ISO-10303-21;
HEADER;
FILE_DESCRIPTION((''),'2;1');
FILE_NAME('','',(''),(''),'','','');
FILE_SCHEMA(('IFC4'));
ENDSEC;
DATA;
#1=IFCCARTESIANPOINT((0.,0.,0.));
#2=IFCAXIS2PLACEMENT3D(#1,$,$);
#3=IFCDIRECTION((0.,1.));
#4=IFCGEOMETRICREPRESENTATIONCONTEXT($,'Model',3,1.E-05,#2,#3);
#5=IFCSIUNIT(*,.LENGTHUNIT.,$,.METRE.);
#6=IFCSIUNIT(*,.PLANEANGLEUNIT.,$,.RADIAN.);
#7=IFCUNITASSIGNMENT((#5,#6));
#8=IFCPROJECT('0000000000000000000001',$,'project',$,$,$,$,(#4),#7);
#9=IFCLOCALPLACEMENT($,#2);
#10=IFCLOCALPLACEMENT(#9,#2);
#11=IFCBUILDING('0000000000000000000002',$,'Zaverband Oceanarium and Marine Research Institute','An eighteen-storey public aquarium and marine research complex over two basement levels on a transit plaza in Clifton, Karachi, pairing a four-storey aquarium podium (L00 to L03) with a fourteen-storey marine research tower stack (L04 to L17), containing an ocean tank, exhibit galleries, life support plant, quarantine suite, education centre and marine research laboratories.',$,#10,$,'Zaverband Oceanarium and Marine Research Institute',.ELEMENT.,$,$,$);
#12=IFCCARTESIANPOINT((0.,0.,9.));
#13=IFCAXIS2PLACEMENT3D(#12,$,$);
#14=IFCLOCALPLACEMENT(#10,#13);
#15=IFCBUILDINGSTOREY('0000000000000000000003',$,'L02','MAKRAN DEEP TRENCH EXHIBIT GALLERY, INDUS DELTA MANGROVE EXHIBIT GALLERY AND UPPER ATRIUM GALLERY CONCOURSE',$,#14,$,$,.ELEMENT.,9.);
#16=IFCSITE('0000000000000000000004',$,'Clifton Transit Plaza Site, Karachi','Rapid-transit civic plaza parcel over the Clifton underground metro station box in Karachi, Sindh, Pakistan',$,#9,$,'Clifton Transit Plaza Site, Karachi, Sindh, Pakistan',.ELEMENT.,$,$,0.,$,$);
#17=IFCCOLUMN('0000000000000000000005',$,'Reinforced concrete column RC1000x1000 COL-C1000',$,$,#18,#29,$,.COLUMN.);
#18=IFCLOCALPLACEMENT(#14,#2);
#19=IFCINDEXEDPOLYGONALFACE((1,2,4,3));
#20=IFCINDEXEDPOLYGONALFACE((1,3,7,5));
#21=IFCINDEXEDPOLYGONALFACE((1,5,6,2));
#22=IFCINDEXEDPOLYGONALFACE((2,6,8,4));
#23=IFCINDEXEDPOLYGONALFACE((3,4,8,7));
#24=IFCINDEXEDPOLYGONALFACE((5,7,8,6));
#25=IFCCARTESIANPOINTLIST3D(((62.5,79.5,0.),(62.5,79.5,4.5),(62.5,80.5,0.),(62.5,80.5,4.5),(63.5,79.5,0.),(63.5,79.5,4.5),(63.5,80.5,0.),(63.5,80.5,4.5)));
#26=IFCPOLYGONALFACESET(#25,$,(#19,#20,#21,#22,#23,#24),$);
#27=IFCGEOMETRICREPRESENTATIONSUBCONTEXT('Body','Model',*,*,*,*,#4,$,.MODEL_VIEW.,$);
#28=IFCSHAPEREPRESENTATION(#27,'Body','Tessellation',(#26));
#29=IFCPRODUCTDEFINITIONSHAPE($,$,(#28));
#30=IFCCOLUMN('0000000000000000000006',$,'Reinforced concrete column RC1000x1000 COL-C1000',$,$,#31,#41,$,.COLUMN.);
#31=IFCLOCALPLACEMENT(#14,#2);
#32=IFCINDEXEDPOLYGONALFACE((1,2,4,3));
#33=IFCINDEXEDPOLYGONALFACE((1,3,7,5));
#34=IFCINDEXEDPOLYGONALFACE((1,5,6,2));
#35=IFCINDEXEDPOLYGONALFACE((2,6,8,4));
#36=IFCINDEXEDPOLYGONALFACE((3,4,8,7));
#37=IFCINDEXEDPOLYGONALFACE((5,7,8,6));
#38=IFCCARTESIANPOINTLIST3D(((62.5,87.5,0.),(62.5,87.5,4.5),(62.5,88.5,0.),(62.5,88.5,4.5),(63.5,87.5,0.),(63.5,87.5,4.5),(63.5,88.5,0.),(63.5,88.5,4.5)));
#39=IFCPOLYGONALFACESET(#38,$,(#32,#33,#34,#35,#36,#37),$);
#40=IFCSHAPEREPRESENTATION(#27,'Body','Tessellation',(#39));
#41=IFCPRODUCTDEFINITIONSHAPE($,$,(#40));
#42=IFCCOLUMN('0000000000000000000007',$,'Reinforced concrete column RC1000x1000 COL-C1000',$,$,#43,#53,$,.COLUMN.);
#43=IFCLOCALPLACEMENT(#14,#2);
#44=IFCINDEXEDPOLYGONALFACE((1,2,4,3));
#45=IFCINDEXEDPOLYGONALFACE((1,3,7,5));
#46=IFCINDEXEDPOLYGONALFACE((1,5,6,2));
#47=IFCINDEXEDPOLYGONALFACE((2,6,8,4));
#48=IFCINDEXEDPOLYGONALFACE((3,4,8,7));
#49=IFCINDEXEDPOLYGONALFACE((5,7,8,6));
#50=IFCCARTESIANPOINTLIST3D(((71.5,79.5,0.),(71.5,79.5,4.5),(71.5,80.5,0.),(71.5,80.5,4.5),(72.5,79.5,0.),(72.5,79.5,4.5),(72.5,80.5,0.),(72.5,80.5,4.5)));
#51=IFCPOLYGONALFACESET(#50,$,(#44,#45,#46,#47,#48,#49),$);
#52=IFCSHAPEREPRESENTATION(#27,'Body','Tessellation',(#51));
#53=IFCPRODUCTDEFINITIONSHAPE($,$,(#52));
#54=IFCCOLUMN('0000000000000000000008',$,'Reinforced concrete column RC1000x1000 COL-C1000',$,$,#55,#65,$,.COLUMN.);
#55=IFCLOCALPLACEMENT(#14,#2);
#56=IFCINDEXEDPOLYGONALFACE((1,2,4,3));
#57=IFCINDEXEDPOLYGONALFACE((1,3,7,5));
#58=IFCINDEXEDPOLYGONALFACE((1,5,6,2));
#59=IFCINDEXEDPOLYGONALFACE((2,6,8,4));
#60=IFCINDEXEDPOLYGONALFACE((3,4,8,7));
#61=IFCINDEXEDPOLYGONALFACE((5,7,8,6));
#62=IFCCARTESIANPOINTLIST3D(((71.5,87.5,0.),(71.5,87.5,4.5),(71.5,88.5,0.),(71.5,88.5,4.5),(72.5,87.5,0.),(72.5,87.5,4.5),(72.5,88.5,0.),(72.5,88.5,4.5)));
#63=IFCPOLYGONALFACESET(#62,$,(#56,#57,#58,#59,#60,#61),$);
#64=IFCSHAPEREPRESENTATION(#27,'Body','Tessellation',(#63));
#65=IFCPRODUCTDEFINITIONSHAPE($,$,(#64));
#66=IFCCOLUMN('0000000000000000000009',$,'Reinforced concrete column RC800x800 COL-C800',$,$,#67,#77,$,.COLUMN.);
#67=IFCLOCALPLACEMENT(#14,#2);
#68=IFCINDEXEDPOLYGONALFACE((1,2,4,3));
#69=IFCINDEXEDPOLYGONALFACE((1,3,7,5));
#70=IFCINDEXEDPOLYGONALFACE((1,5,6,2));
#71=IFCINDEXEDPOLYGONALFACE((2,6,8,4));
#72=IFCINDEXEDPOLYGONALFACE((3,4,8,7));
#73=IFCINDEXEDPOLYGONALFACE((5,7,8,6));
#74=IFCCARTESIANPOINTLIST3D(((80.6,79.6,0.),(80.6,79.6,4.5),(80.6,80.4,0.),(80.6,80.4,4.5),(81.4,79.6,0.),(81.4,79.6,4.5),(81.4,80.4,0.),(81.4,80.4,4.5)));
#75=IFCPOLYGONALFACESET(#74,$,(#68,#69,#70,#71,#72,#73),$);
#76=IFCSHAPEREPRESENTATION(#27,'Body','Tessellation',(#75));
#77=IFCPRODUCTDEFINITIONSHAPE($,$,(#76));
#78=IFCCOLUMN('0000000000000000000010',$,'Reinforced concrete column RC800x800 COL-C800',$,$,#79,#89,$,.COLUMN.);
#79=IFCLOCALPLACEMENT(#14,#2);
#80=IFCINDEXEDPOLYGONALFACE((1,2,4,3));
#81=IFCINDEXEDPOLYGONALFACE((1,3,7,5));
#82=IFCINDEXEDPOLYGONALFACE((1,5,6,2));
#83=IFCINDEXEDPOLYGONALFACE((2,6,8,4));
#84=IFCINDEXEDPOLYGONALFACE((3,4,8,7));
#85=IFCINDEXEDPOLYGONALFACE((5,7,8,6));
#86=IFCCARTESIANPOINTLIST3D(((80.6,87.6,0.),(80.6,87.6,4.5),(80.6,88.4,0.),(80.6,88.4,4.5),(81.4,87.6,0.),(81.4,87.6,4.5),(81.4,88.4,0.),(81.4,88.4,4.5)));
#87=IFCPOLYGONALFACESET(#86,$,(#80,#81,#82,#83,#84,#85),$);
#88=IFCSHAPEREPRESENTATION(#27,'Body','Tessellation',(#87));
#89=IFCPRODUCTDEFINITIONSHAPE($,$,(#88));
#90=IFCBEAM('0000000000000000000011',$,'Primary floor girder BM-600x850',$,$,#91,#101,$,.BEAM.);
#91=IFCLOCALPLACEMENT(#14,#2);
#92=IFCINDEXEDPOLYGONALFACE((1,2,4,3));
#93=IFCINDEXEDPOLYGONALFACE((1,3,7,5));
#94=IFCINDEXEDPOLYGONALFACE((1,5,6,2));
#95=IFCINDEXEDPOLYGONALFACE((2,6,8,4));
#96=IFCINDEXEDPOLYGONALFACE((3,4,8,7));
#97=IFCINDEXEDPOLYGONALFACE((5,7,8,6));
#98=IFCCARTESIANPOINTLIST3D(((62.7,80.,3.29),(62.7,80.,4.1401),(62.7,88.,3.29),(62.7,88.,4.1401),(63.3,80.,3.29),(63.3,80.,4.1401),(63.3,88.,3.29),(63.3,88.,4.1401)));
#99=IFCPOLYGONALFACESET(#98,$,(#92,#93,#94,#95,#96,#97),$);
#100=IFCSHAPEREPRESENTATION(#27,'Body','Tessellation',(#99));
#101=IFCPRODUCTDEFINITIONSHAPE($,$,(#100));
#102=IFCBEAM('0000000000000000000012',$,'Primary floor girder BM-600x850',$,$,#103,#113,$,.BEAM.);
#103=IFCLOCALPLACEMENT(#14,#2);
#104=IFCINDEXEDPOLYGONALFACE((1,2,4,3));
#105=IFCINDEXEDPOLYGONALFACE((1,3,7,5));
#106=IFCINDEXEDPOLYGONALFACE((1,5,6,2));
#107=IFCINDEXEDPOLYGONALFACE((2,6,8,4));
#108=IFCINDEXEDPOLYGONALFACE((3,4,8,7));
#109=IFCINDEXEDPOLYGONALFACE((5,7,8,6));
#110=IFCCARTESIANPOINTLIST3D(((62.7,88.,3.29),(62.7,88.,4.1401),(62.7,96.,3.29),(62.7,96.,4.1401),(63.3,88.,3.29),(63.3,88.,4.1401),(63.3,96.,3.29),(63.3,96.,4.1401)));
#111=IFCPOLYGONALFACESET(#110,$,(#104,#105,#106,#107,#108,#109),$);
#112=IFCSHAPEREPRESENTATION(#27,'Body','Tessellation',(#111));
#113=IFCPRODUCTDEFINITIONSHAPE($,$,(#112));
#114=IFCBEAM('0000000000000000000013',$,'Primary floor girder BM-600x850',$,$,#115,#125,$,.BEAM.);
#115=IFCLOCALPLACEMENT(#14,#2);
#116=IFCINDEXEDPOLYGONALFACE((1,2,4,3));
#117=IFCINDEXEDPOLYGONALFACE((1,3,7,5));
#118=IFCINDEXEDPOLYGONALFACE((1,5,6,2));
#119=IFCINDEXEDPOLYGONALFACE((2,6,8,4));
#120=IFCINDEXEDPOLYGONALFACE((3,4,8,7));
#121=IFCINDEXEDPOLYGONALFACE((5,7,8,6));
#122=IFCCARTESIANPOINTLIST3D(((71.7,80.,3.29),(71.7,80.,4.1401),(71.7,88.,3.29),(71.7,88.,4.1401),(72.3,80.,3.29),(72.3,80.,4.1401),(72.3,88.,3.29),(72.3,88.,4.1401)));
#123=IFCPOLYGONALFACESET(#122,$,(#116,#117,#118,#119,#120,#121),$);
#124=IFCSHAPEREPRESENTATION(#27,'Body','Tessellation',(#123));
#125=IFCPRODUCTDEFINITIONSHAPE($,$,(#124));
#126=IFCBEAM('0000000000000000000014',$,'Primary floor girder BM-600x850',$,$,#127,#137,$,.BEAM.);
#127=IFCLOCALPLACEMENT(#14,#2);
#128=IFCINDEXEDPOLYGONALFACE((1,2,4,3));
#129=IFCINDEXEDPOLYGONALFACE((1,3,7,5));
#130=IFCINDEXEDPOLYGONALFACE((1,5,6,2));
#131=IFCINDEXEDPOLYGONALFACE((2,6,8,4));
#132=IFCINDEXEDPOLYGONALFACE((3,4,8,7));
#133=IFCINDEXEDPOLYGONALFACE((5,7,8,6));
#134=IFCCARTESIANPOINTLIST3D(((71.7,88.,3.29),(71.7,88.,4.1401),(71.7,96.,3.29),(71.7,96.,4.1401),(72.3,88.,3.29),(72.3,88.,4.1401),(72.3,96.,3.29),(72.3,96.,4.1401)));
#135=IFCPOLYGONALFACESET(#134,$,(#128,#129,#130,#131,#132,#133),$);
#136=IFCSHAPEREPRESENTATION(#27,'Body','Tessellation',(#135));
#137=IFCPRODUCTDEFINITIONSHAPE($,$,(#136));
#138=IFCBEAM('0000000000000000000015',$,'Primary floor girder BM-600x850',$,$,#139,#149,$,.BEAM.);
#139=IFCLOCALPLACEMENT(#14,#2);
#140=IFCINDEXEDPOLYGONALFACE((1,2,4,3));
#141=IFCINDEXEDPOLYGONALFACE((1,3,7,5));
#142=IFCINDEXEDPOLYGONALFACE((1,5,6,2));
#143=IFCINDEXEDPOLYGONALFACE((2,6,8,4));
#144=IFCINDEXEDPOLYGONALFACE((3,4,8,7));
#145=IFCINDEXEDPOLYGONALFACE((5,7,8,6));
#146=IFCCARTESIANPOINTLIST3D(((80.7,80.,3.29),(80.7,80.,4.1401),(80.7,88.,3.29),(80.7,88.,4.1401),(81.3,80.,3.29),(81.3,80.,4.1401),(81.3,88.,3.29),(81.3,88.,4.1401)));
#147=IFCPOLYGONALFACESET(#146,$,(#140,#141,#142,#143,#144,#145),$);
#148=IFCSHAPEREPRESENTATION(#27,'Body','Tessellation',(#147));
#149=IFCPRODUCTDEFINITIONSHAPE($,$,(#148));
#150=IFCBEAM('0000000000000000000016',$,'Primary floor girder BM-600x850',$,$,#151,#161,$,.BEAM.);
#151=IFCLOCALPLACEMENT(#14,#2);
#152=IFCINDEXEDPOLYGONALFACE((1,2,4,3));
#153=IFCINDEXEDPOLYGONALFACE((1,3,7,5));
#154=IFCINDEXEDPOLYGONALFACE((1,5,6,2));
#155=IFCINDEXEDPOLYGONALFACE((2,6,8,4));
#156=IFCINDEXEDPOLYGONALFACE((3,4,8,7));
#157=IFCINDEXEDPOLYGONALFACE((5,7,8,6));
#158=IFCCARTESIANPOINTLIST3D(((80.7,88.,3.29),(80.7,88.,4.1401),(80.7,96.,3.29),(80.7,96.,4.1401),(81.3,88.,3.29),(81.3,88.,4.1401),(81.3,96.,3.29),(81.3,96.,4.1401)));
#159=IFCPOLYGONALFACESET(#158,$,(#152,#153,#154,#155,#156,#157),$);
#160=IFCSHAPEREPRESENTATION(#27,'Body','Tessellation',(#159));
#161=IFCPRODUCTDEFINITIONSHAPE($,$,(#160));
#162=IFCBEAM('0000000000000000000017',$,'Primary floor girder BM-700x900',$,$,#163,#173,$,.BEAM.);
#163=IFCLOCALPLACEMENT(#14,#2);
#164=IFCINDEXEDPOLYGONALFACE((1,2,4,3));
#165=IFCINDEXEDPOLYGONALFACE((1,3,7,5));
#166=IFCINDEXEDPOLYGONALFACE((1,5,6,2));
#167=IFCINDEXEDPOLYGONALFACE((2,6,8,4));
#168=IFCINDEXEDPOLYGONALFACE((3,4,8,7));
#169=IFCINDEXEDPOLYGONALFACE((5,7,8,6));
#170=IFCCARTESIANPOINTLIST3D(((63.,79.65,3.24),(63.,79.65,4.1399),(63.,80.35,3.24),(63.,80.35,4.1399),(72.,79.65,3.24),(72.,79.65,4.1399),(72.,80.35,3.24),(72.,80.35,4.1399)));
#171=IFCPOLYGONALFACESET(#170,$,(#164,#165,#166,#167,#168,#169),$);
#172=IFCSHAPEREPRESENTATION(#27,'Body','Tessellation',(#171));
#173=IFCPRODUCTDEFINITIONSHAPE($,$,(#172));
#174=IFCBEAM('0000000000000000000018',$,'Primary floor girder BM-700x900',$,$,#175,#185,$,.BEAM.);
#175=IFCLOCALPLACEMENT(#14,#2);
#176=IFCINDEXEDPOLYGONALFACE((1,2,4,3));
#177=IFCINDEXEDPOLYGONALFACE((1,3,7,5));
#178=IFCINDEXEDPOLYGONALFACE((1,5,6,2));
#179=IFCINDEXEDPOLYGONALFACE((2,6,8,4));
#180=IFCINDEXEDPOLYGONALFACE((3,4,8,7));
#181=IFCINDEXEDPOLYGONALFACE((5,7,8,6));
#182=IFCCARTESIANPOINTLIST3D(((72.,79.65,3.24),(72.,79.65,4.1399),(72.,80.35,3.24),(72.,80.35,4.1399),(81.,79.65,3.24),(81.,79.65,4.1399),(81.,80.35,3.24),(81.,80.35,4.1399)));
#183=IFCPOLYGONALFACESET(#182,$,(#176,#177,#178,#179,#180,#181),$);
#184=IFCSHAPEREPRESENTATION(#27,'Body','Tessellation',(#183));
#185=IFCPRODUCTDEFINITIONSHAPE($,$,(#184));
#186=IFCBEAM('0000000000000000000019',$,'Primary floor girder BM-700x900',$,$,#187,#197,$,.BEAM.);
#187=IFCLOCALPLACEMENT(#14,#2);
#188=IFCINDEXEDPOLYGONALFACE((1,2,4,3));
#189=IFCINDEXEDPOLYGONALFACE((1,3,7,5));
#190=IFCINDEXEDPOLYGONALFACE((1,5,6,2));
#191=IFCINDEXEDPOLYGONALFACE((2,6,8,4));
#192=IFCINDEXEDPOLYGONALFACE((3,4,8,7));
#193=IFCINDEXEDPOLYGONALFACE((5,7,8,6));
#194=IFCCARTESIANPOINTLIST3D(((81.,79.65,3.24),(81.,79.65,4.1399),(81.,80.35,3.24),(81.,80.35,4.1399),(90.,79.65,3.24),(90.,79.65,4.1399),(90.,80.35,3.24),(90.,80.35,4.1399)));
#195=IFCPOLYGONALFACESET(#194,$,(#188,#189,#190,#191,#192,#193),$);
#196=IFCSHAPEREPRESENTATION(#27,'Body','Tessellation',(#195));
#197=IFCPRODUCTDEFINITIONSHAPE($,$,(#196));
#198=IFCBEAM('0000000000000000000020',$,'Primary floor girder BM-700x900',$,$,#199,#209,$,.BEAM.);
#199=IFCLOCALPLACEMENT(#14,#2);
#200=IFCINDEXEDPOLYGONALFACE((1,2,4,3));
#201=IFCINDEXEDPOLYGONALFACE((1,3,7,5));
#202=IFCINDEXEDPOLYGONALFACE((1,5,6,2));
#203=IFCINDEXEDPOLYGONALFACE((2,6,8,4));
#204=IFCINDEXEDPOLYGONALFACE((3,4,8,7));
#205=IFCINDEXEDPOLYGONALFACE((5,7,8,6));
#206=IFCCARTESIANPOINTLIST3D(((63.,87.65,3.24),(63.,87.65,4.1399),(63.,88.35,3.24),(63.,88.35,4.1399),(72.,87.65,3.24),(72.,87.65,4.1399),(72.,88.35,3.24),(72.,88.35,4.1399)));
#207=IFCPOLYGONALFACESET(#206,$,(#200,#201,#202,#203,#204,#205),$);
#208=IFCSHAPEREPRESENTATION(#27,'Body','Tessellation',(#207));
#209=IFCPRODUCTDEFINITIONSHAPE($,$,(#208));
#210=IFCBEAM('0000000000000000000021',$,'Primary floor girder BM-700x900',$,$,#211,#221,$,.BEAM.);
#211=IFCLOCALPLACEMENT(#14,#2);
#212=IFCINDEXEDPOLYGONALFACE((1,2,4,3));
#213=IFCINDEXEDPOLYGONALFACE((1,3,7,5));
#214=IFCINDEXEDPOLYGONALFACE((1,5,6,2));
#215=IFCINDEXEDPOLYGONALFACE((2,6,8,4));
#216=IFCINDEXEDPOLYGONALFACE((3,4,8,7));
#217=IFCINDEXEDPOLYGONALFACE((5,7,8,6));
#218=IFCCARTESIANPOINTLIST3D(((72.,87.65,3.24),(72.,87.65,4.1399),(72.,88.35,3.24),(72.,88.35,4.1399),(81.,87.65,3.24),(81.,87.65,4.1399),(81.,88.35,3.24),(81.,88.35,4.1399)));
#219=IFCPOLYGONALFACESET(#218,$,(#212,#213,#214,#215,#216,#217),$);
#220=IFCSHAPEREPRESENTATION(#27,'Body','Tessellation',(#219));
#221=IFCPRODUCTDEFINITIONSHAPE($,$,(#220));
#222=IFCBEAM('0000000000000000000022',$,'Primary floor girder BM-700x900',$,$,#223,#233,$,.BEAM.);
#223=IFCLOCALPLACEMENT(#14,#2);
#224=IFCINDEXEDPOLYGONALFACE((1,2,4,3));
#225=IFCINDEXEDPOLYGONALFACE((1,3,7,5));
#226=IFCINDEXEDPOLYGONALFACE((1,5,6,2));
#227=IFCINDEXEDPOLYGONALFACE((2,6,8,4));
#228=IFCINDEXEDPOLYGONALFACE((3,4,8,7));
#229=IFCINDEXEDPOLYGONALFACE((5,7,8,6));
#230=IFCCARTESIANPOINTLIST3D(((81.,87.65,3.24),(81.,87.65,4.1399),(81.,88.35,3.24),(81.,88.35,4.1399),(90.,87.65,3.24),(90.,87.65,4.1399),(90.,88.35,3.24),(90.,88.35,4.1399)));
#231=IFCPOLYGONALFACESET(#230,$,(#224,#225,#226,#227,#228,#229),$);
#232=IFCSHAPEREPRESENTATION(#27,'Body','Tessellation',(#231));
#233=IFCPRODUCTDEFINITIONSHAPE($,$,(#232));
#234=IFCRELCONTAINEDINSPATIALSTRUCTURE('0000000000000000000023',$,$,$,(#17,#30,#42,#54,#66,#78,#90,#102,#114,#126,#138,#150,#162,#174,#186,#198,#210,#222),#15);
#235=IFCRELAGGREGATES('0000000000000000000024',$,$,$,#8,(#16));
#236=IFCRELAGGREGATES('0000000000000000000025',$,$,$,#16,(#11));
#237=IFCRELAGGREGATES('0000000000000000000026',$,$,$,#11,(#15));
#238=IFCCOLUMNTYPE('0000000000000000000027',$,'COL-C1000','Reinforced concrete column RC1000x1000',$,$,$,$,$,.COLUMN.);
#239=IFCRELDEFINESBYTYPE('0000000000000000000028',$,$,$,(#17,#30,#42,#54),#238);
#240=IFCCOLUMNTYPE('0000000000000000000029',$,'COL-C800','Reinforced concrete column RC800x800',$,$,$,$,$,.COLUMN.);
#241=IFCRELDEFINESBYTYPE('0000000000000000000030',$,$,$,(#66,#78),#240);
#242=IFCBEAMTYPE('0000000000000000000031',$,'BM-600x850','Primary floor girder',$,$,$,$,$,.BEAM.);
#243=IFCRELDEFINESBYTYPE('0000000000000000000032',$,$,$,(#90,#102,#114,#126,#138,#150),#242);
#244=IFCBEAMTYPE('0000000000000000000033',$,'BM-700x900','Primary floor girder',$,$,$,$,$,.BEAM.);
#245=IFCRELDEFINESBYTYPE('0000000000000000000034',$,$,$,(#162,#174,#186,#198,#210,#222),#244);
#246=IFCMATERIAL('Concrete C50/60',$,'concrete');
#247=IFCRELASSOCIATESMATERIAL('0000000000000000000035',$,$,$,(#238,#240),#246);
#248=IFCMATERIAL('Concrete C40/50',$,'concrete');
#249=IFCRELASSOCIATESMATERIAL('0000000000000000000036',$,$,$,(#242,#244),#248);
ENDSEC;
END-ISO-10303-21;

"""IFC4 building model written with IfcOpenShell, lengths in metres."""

from ifc_helpers import new_model, si_unit, direction, frame, origin, origin_2d, place, context, subcontext, project, spatial, rectangle, extrude, material, material_profile, profile_set, type_object, element, save


model = new_model("IFC4")

# Units and contexts
model_context = context("Model", 3, precision=1e-05, world=origin(), true_north=direction((0.0, 1.0)))
body_context = subcontext(model_context, "Body", "Model", "MODEL_VIEW")
ifc_project = project(units=[si_unit("LENGTHUNIT", "METRE"), si_unit("PLANEANGLEUNIT", "RADIAN")], contexts=[model_context])

# Site, building, storey
site_placement = place(None, origin())
site = spatial("IfcSite", under=ifc_project, at=site_placement, Name="Clifton Transit Plaza Site, Karachi", Description="Rapid-transit civic plaza parcel over the Clifton underground metro station box in Karachi, Sindh, Pakistan", LongName="Clifton Transit Plaza Site, Karachi, Sindh, Pakistan", CompositionType="ELEMENT", RefElevation=0.0)
building_placement = place(site_placement, origin())
building = spatial("IfcBuilding", under=site, at=building_placement, Name="Zaverband Oceanarium and Marine Research Institute", Description="An eighteen-storey public aquarium and marine research complex over two basement levels on a transit plaza in Clifton, Karachi, pairing a four-storey aquarium podium (L00 to L03) with a fourteen-storey marine research tower stack (L04 to L17), containing an ocean tank, exhibit galleries, life support plant, quarantine suite, education centre and marine research laboratories.", LongName="Zaverband Oceanarium and Marine Research Institute", CompositionType="ELEMENT")
storey_placement = place(building_placement, frame((0.0, 0.0, 9.0)))
storey = spatial("IfcBuildingStorey", under=building, at=storey_placement, Name="L02", Description="MAKRAN DEEP TRENCH EXHIBIT GALLERY, INDUS DELTA MANGROVE EXHIBIT GALLERY AND UPPER ATRIUM GALLERY CONCOURSE", CompositionType="ELEMENT", Elevation=9.0)

# Columns
ifc_material_1 = material(Name="Concrete C50/60", Category="concrete")
ifc_material_profile_1 = material_profile(ifc_material_1, rectangle(XDim=1.0, YDim=1.0, at=origin_2d()), Name="RC1000x1000")
ifc_profile_set_1 = profile_set([ifc_material_profile_1], Name="Concrete C50/60")
column_type_1 = type_object("IfcColumnType", Name="COL-C1000", Description="Reinforced concrete column RC1000x1000", PredefinedType="COLUMN", material=ifc_profile_set_1)
for number, where, z_axis, x_axis, name in (
    (1, (63.0, 80.0, 0.0), (0.0, 0.0, 1.0), (1.0, 0.0, 0.0), "Reinforced concrete column RC1000x1000 COL-C1000"),
    (2, (63.0, 88.0, 0.0), (0.0, 0.0, 1.0), (1.0, 0.0, 0.0), "Reinforced concrete column RC1000x1000 COL-C1000"),
    (3, (72.0, 80.0, 0.0), (0.0, 0.0, 1.0), (1.0, 0.0, 0.0), "Reinforced concrete column RC1000x1000 COL-C1000"),
    (4, (72.0, 88.0, 0.0), (0.0, 0.0, 1.0), (1.0, 0.0, 0.0), "Reinforced concrete column RC1000x1000 COL-C1000"),
):
    element("IfcColumn", number, at=place(storey_placement, frame(where, z_axis=z_axis, x_axis=x_axis)), inside=storey, type_object=column_type_1, Name=name, PredefinedType="COLUMN", context=body_context, shape_type="SweptSolid", body=[
        extrude(rectangle(XDim=1.0, YDim=1.0, at=origin_2d()), origin(), (0.0, 0.0, 1.0), 4.5),
    ])
ifc_material_profile_2 = material_profile(ifc_material_1, rectangle(XDim=0.8, YDim=0.8, at=origin_2d()), Name="RC800x800")
ifc_profile_set_2 = profile_set([ifc_material_profile_2], Name="Concrete C50/60")
column_type_2 = type_object("IfcColumnType", Name="COL-C800", Description="Reinforced concrete column RC800x800", PredefinedType="COLUMN", material=ifc_profile_set_2)
for number, where, z_axis, x_axis, name in (
    (5, (81.0, 80.0, 0.0), (0.0, 0.0, 1.0), (1.0, 0.0, 0.0), "Reinforced concrete column RC800x800 COL-C800"),
    (6, (81.0, 88.0, 0.0), (0.0, 0.0, 1.0), (1.0, 0.0, 0.0), "Reinforced concrete column RC800x800 COL-C800"),
):
    element("IfcColumn", number, at=place(storey_placement, frame(where, z_axis=z_axis, x_axis=x_axis)), inside=storey, type_object=column_type_2, Name=name, PredefinedType="COLUMN", context=body_context, shape_type="SweptSolid", body=[
        extrude(rectangle(XDim=0.8, YDim=0.8, at=origin_2d()), origin(), (0.0, 0.0, 1.0), 4.5),
    ])

# Beams
ifc_material_2 = material(Name="Concrete C40/50", Category="concrete")
ifc_material_profile_3 = material_profile(ifc_material_2, rectangle(XDim=0.6001, YDim=0.8501, at=origin_2d()), Name="RC600x850")
ifc_profile_set_3 = profile_set([ifc_material_profile_3], Name="Concrete C40/50")
beam_type_1 = type_object("IfcBeamType", Name="BM-600x850", Description="Primary floor girder", PredefinedType="BEAM", material=ifc_profile_set_3)
for number, where, z_axis, x_axis, name in (
    (7, (63.0, 80.0, 3.7151), (0.0, 1.0, 0.0), (-1.0, 0.0, 0.0), "Primary floor girder BM-600x850"),
    (8, (63.0, 88.0, 3.7151), (0.0, 1.0, 0.0), (-1.0, 0.0, 0.0), "Primary floor girder BM-600x850"),
    (9, (72.0, 80.0, 3.7151), (0.0, 1.0, 0.0), (-1.0, 0.0, 0.0), "Primary floor girder BM-600x850"),
    (10, (72.0, 88.0, 3.7151), (0.0, 1.0, 0.0), (-1.0, 0.0, 0.0), "Primary floor girder BM-600x850"),
    (11, (81.0, 80.0, 3.7151), (0.0, 1.0, 0.0), (-1.0, 0.0, 0.0), "Primary floor girder BM-600x850"),
    (12, (81.0, 88.0, 3.7151), (0.0, 1.0, 0.0), (-1.0, 0.0, 0.0), "Primary floor girder BM-600x850"),
):
    element("IfcBeam", number, at=place(storey_placement, frame(where, z_axis=z_axis, x_axis=x_axis)), inside=storey, type_object=beam_type_1, Name=name, PredefinedType="BEAM", context=body_context, shape_type="SweptSolid", body=[
        extrude(rectangle(XDim=0.6001, YDim=0.8501, at=origin_2d()), origin(), (0.0, 0.0, 1.0), 8.0),
    ])
ifc_material_profile_4 = material_profile(ifc_material_2, rectangle(XDim=0.7, YDim=0.8999, at=origin_2d()), Name="RC700x900")
ifc_profile_set_4 = profile_set([ifc_material_profile_4], Name="Concrete C40/50")
beam_type_2 = type_object("IfcBeamType", Name="BM-700x900", Description="Primary floor girder", PredefinedType="BEAM", material=ifc_profile_set_4)
for number, where, z_axis, x_axis, name in (
    (13, (63.0, 80.0, 3.6899), (1.0, 0.0, 0.0), (0.0, 1.0, 0.0), "Primary floor girder BM-700x900"),
    (14, (72.0, 80.0, 3.6899), (1.0, 0.0, 0.0), (0.0, 1.0, 0.0), "Primary floor girder BM-700x900"),
    (15, (81.0, 80.0, 3.6899), (1.0, 0.0, 0.0), (0.0, 1.0, 0.0), "Primary floor girder BM-700x900"),
    (16, (63.0, 88.0, 3.6899), (1.0, 0.0, 0.0), (0.0, 1.0, 0.0), "Primary floor girder BM-700x900"),
    (17, (72.0, 88.0, 3.6899), (1.0, 0.0, 0.0), (0.0, 1.0, 0.0), "Primary floor girder BM-700x900"),
    (18, (81.0, 88.0, 3.6899), (1.0, 0.0, 0.0), (0.0, 1.0, 0.0), "Primary floor girder BM-700x900"),
):
    element("IfcBeam", number, at=place(storey_placement, frame(where, z_axis=z_axis, x_axis=x_axis)), inside=storey, type_object=beam_type_2, Name=name, PredefinedType="BEAM", context=body_context, shape_type="SweptSolid", body=[
        extrude(rectangle(XDim=0.7, YDim=0.8999, at=origin_2d()), origin(), (0.0, 0.0, 1.0), 9.0),
    ])

save(model, "model.ifc")
